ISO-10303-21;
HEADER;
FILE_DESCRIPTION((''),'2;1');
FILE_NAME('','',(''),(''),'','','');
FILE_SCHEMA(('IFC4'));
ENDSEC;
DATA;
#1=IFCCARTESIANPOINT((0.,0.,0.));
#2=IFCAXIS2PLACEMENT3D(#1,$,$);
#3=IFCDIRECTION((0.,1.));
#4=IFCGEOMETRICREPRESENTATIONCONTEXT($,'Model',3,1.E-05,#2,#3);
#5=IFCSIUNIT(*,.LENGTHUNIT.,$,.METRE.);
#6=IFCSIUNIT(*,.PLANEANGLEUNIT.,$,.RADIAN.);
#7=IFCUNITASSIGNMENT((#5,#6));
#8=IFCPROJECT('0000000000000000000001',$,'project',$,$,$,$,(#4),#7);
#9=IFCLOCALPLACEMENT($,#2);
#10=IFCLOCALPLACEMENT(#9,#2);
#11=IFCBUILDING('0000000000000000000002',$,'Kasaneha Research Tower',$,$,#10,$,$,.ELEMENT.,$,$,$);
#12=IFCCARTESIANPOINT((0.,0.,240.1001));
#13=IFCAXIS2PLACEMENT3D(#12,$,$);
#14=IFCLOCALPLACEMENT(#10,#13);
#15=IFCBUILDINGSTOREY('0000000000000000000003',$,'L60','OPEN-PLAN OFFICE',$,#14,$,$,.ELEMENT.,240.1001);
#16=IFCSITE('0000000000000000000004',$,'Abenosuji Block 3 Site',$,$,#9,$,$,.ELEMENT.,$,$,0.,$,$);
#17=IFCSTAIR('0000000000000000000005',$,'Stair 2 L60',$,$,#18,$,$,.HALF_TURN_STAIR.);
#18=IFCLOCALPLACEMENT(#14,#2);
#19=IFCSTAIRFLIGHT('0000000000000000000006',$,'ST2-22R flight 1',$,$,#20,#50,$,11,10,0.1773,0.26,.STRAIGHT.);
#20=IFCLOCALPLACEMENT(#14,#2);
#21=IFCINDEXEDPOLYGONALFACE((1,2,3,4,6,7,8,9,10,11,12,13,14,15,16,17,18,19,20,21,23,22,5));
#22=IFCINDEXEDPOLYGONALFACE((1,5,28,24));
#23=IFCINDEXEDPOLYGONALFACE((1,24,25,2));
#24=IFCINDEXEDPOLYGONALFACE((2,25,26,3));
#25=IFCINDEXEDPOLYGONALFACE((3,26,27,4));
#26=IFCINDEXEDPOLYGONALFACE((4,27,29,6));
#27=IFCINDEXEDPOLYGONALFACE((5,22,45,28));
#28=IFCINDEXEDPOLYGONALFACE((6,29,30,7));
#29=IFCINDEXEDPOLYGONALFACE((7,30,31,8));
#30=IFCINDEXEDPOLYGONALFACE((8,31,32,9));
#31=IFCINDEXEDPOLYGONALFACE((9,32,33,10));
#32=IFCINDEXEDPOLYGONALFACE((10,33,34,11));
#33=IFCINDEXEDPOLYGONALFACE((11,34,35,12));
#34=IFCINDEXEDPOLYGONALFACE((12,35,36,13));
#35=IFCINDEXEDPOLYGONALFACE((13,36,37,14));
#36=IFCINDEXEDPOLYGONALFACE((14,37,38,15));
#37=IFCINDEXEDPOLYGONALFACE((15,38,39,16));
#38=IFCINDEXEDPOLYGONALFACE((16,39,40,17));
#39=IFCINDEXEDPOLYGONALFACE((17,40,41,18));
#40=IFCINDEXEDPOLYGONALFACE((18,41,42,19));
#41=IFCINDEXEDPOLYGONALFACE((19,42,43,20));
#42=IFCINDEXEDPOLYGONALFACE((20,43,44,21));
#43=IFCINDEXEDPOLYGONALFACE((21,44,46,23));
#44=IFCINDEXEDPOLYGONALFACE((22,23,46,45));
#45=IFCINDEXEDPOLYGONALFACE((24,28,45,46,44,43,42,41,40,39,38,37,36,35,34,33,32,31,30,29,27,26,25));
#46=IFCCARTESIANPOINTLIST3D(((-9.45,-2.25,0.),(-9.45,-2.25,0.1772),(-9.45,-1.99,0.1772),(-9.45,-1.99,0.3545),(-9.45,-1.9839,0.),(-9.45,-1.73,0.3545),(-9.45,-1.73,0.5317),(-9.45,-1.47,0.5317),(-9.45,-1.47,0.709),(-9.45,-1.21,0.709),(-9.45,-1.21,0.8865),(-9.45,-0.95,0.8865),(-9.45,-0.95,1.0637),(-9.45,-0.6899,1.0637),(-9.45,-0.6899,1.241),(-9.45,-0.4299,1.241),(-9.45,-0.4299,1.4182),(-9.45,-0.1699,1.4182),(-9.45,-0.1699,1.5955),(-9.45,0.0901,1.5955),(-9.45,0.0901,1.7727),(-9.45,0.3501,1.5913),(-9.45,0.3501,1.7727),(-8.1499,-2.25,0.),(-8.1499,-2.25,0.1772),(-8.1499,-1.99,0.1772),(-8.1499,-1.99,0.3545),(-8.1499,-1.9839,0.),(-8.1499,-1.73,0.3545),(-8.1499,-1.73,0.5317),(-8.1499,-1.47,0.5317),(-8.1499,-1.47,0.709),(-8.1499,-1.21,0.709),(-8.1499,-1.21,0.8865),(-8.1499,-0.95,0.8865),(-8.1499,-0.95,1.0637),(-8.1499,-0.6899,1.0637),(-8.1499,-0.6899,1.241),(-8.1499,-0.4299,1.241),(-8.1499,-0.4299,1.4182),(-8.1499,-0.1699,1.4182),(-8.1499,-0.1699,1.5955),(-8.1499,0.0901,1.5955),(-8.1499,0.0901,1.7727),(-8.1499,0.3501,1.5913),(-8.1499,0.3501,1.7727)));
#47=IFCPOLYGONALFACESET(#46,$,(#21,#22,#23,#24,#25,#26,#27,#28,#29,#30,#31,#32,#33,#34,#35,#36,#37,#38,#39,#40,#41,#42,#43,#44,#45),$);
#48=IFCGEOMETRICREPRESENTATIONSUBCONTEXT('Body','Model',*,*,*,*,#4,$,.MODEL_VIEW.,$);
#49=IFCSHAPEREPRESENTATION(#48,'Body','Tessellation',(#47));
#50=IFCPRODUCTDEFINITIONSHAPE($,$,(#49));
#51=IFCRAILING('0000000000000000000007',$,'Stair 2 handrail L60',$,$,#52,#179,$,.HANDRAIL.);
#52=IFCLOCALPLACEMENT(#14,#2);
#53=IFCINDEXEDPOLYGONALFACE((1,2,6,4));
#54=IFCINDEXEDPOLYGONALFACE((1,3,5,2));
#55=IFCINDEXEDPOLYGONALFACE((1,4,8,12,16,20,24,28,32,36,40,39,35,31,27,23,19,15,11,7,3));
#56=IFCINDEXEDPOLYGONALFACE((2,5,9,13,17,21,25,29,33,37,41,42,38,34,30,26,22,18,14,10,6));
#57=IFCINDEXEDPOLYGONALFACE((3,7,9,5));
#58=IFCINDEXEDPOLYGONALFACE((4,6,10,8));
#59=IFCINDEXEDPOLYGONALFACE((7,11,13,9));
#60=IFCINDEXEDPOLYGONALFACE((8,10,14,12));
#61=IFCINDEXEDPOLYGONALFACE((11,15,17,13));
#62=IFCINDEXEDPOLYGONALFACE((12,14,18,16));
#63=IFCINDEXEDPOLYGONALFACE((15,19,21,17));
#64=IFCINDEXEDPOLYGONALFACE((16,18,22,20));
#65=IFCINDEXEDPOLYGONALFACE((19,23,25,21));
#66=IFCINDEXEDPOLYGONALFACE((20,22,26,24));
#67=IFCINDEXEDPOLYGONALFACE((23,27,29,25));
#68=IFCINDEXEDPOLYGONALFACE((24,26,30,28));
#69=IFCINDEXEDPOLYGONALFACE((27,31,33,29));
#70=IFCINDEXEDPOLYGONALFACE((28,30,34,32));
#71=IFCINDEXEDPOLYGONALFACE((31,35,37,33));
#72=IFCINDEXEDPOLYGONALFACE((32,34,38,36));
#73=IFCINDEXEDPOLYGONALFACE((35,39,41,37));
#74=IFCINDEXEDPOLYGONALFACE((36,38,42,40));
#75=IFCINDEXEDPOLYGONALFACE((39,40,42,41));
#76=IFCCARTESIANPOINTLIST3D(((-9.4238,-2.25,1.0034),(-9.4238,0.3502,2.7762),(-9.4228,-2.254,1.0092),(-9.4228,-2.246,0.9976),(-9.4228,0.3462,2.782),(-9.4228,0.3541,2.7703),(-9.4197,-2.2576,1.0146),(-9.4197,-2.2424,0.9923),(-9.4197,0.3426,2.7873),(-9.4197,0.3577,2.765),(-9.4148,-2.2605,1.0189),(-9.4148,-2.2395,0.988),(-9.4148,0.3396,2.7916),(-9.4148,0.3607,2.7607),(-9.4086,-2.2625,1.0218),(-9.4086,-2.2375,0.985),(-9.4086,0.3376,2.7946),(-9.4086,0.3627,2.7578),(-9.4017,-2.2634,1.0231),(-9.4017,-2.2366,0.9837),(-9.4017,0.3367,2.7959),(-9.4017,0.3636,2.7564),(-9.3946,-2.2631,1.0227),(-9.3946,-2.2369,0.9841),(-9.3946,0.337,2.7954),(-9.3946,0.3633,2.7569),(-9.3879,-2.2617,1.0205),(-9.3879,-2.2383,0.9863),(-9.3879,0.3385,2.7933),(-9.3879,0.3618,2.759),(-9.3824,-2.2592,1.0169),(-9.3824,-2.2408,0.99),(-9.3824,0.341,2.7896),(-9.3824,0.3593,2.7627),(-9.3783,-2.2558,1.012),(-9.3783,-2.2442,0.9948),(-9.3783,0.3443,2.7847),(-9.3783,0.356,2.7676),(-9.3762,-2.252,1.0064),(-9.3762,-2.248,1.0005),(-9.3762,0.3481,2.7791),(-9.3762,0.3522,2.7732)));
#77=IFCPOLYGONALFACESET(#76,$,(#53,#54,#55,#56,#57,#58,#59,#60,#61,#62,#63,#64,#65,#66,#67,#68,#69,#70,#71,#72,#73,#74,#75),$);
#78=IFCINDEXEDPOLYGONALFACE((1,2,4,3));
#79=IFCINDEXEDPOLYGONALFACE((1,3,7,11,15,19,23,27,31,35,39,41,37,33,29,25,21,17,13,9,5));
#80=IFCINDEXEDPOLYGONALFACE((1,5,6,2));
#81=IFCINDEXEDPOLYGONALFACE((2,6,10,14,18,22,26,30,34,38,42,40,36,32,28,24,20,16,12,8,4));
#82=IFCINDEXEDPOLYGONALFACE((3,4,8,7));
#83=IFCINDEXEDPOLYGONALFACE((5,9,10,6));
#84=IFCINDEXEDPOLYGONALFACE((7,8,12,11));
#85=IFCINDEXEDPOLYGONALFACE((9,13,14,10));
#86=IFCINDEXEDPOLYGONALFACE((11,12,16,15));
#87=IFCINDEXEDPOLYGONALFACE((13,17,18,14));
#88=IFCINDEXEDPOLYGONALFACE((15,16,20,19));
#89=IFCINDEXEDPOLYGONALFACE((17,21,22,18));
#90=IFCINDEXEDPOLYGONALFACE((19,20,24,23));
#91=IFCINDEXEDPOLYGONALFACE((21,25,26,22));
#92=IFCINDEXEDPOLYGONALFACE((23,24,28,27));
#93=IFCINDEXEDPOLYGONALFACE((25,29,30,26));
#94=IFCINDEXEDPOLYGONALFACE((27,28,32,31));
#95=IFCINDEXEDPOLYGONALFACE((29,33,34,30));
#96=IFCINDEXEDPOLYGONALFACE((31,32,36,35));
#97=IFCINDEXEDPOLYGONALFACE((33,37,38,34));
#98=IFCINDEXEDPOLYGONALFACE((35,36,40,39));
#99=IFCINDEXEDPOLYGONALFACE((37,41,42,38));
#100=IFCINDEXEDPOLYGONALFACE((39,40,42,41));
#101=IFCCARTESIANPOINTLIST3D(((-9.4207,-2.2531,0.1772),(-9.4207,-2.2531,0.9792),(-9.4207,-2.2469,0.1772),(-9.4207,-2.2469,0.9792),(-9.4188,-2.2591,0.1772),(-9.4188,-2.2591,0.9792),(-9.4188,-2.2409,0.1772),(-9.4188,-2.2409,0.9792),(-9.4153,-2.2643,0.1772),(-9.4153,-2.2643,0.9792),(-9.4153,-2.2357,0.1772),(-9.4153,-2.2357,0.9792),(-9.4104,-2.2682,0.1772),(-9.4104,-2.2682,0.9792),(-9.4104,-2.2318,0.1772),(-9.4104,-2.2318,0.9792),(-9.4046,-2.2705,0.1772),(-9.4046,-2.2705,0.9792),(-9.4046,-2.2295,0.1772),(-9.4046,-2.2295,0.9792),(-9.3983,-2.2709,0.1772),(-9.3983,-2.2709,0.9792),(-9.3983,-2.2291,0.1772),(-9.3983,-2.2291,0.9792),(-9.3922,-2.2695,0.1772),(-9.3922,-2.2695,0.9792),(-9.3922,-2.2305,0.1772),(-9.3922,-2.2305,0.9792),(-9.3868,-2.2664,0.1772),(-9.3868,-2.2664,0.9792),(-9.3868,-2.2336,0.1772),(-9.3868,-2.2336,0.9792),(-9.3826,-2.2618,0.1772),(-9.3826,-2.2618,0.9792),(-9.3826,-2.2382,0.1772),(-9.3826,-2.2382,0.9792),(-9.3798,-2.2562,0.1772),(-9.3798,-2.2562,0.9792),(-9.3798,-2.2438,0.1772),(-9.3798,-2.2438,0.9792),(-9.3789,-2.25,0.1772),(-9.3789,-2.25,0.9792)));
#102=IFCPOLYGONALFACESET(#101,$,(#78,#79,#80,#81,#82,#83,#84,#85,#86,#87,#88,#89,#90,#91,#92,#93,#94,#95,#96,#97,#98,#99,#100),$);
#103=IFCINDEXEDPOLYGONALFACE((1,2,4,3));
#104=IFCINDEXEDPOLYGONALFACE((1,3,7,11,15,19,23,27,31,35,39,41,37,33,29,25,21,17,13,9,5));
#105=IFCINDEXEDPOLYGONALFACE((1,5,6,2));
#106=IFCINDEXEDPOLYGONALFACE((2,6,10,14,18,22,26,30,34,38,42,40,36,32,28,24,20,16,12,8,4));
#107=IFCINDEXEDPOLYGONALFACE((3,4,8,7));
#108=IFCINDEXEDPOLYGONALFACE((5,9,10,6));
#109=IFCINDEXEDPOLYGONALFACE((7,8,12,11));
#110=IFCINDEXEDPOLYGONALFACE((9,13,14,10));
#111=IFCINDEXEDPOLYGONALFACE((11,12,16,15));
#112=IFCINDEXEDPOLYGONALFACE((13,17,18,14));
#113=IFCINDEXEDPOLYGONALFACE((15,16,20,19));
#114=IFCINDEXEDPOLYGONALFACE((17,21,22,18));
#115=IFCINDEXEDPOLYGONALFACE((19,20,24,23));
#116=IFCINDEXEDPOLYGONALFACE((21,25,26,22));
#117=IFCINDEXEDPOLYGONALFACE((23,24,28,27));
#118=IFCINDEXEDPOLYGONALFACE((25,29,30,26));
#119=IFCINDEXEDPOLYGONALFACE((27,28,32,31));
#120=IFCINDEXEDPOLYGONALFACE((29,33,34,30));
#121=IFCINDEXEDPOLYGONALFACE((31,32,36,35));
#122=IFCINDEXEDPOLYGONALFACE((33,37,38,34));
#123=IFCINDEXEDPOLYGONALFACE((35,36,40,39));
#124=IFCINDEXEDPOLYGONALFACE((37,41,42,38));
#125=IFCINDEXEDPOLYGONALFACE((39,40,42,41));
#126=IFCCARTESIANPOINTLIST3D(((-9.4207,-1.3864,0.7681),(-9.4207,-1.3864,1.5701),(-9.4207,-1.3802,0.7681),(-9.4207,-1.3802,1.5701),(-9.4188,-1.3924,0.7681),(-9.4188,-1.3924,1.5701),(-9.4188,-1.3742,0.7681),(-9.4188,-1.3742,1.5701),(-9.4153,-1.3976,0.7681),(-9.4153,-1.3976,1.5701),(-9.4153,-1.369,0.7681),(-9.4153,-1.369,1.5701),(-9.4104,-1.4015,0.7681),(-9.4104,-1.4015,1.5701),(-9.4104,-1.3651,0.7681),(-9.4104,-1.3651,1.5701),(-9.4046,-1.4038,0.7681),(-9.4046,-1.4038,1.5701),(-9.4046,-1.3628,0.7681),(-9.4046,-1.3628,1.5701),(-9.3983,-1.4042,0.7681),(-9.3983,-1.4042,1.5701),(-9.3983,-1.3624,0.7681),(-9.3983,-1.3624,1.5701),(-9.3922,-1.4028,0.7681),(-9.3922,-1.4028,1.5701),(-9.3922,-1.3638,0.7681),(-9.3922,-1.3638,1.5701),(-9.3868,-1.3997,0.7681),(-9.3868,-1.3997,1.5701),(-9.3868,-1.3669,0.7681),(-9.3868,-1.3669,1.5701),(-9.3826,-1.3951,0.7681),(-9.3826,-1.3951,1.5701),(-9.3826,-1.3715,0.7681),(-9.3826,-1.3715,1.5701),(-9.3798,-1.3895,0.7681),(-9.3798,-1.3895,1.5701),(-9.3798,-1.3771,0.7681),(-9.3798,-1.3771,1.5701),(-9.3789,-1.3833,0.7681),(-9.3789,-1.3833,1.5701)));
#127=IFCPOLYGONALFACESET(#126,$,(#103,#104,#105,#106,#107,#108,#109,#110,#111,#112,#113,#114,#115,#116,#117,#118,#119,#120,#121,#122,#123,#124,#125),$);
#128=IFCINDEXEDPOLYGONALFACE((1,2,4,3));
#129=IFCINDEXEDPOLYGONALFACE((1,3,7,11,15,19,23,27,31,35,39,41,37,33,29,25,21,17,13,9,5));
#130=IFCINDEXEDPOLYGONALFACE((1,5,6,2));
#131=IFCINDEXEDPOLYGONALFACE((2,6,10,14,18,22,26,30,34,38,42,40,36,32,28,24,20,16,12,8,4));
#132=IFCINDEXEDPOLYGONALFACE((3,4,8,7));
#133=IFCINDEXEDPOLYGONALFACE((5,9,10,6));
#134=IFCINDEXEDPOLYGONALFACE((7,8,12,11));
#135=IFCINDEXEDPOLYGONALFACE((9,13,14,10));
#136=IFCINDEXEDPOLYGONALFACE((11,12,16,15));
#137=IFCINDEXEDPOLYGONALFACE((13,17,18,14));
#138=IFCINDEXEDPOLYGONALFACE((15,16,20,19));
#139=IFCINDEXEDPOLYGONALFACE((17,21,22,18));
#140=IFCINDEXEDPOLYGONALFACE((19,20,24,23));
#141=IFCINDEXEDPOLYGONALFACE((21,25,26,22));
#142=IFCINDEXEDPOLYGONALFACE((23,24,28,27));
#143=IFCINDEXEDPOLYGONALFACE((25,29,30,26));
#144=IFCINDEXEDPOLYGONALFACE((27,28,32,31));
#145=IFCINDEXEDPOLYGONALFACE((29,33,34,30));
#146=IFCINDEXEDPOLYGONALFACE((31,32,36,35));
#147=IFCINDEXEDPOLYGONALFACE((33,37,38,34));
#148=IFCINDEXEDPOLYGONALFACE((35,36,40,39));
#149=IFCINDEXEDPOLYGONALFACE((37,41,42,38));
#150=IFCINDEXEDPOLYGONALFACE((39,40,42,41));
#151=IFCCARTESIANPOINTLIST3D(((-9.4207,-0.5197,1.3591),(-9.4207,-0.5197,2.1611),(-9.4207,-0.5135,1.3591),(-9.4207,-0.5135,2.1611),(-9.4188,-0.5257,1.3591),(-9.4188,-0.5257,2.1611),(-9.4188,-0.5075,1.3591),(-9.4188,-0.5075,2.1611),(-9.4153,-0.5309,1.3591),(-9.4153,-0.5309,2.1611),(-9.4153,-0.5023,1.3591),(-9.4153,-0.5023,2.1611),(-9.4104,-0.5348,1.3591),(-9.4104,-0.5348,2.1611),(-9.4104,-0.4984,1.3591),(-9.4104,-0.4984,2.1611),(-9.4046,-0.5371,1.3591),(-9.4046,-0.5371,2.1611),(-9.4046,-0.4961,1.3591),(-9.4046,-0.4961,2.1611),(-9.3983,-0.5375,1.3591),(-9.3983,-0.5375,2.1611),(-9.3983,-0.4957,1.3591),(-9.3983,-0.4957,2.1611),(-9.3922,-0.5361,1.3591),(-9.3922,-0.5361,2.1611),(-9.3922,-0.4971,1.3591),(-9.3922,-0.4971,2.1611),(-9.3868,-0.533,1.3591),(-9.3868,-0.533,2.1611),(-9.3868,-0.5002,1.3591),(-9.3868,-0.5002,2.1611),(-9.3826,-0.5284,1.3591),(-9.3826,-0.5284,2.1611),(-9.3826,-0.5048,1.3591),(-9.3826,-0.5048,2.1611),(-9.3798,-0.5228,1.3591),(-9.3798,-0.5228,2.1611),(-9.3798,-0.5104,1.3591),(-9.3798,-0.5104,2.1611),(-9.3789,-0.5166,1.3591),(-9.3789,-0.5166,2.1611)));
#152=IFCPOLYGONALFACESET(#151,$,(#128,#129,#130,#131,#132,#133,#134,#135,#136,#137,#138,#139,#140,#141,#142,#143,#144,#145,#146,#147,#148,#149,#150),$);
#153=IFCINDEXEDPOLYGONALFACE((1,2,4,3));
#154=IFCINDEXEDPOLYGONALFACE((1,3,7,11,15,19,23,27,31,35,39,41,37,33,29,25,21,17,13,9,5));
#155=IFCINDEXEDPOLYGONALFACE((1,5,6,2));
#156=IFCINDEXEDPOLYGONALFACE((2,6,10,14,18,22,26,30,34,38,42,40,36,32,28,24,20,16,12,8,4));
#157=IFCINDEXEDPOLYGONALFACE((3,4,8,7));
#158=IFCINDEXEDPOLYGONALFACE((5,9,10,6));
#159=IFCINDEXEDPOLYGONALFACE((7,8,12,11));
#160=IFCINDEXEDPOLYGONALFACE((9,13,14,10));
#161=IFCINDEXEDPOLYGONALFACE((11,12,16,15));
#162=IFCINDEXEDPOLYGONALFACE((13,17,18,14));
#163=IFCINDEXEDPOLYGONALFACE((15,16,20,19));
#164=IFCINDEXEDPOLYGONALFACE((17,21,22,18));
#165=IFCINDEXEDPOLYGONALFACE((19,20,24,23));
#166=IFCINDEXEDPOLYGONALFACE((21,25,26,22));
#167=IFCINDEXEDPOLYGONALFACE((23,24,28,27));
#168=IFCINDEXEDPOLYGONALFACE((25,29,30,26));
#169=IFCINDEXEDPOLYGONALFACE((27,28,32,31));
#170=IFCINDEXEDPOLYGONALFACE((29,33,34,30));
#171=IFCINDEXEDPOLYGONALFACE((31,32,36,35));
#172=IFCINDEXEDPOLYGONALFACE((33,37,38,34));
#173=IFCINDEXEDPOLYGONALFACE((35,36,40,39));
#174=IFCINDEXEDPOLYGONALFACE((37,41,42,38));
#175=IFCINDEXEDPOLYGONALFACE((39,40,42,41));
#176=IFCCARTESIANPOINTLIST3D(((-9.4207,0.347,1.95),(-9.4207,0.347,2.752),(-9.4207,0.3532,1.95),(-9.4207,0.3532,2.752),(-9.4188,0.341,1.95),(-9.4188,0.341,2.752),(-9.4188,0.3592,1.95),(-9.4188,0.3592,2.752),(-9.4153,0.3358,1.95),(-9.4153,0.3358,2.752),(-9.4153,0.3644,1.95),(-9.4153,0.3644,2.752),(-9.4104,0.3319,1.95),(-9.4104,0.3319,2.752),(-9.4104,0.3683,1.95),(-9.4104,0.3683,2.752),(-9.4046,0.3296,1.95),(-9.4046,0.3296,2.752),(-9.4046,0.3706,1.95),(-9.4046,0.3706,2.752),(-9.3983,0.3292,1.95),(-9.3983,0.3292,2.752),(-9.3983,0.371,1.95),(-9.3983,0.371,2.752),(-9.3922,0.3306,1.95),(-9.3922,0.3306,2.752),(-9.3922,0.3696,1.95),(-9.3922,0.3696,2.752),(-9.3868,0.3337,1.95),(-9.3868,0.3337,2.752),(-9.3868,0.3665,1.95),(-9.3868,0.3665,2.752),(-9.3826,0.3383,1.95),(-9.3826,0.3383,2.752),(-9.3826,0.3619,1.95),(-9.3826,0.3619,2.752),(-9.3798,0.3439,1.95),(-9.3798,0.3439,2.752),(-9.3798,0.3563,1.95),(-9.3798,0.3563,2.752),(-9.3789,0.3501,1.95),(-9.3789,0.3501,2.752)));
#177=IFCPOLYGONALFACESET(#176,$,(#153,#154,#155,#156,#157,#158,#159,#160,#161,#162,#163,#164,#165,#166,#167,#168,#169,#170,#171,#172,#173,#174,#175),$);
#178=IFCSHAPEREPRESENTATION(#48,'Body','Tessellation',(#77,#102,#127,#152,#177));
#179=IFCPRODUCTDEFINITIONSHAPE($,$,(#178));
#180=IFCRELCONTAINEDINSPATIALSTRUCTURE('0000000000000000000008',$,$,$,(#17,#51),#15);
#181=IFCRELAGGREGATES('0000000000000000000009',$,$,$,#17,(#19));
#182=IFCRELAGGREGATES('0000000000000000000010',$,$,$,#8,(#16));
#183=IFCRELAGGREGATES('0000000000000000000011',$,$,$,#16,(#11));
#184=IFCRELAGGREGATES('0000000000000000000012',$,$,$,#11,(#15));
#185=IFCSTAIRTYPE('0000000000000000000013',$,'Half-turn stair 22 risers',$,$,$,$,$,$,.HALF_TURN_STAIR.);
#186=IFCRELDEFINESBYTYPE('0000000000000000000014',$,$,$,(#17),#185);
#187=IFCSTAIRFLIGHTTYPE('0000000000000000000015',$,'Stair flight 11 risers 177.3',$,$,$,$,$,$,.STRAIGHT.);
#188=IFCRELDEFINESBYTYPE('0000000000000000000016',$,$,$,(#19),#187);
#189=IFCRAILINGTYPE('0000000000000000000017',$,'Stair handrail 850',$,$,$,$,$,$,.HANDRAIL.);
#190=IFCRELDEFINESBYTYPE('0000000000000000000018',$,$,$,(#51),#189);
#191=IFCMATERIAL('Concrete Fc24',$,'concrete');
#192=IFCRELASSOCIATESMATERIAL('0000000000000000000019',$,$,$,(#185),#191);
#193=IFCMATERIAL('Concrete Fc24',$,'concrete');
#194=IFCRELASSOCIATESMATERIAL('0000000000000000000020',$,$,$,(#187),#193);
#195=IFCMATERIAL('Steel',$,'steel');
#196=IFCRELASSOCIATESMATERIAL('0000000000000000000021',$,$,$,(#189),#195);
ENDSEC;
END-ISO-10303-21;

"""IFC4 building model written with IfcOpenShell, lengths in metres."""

from ifc_helpers import new_model, si_unit, direction, frame, origin, origin_2d, place, context, subcontext, project, spatial, polyline, circle, outline, extrude, material, type_object, element, aggregate, save


model = new_model("IFC4")

# Units and contexts
model_context = context("Model", 3, precision=1e-05, world=origin(), true_north=direction((0.0, 1.0)))
body_context = subcontext(model_context, "Body", "Model", "MODEL_VIEW")
ifc_project = project(units=[si_unit("LENGTHUNIT", "METRE"), si_unit("PLANEANGLEUNIT", "RADIAN")], contexts=[model_context])

# Site, building, storey
site_placement = place(None, origin())
site = spatial("IfcSite", under=ifc_project, at=site_placement, Name="Abenosuji Block 3 Site", CompositionType="ELEMENT", RefElevation=0.0)
building_placement = place(site_placement, origin())
building = spatial("IfcBuilding", under=site, at=building_placement, Name="Kasaneha Research Tower", CompositionType="ELEMENT")
storey_placement = place(building_placement, frame((0.0, 0.0, 240.1001)))
storey = spatial("IfcBuildingStorey", under=building, at=storey_placement, Name="L60", Description="OPEN-PLAN OFFICE", CompositionType="ELEMENT", Elevation=240.1001)

# Stair, stair flight
ifc_material_1 = material(Name="Concrete Fc24", Category="concrete")
stair_type = type_object("IfcStairType", Name="Half-turn stair 22 risers", PredefinedType="HALF_TURN_STAIR", material=ifc_material_1)
stair_placement = place(storey_placement, origin())
stair = element("IfcStair", 1, at=stair_placement, inside=storey, type_object=stair_type, Name="Stair 2 L60", PredefinedType="HALF_TURN_STAIR")
ifc_material_2 = material(Name="Concrete Fc24", Category="concrete")
stair_flight_type = type_object("IfcStairFlightType", Name="Stair flight 11 risers 177.3", PredefinedType="STRAIGHT", material=ifc_material_2)
stair_flight_placement = place(storey_placement, frame((-8.8, -2.25, 0.0), z_axis=(0.0, 0.0, 1.0), x_axis=(0.0, 1.0, 0.0)))
stair_flight = element("IfcStairFlight", 2, at=stair_flight_placement, type_object=stair_flight_type, Name="ST2-22R flight 1", NumberOfRisers=11, NumberOfTreads=10, PredefinedType="STRAIGHT", RiserHeight=0.1773, TreadLength=0.26, context=body_context, shape_type="SweptSolid", body=[
    extrude(outline(polyline([(0.0, 0.0), (0.0, 0.1772), (0.26, 0.1772), (0.26, 0.3545), (0.52, 0.3545), (0.52, 0.5317), (0.78, 0.5317), (0.78, 0.709), (1.04, 0.709), (1.04, 0.8865), (1.3, 0.8865), (1.3, 1.0637), (1.5601, 1.0637), (1.5601, 1.241), (1.8201, 1.241), (1.8201, 1.4182), (2.0801, 1.4182), (2.0801, 1.5955), (2.3401, 1.5955), (2.3401, 1.7727), (2.6001, 1.7727), (2.6001, 1.95), (2.6001, 1.5913), (0.2661, 0.0), (0.0, 0.0)])), frame((0.0, 0.6499, 0.0), z_axis=(0.0, -1.0, 0.0), x_axis=(1.0, 0.0, 0.0)), (0.0, 0.0, 1.0), 1.3),
])
aggregate(stair, [stair_flight])

# Railing
ifc_material_3 = material(Name="Steel", Category="steel")
railing_type = type_object("IfcRailingType", Name="Stair handrail 850", PredefinedType="HANDRAIL", material=ifc_material_3)
railing_placement = place(storey_placement, frame((-9.3999, -2.25, 0.1772)))
element("IfcRailing", 3, at=railing_placement, inside=storey, type_object=railing_type, Name="Stair 2 handrail L60", PredefinedType="HANDRAIL", context=body_context, shape_type="SweptSolid", body=[
    extrude(circle(Radius=0.0239, at=origin_2d()), frame((0.0, 0.0, 0.8262), z_axis=(0.0, 0.82624, 0.563318), x_axis=(-1.0, 0.0, 0.0)), (0.0, 0.0, 1.0), 3.147),
    extrude(circle(Radius=0.021, at=origin_2d()), origin(), (0.0, 0.0, 1.0), 0.802),
    extrude(circle(Radius=0.021, at=origin_2d()), frame((0.0, 0.8667, 0.5908)), (0.0, 0.0, 1.0), 0.802),
    extrude(circle(Radius=0.021, at=origin_2d()), frame((0.0, 1.7334, 1.1819)), (0.0, 0.0, 1.0), 0.802),
    extrude(circle(Radius=0.021, at=origin_2d()), frame((0.0, 2.6001, 1.7727)), (0.0, 0.0, 1.0), 0.802),
])

save(model, "model.ifc")
